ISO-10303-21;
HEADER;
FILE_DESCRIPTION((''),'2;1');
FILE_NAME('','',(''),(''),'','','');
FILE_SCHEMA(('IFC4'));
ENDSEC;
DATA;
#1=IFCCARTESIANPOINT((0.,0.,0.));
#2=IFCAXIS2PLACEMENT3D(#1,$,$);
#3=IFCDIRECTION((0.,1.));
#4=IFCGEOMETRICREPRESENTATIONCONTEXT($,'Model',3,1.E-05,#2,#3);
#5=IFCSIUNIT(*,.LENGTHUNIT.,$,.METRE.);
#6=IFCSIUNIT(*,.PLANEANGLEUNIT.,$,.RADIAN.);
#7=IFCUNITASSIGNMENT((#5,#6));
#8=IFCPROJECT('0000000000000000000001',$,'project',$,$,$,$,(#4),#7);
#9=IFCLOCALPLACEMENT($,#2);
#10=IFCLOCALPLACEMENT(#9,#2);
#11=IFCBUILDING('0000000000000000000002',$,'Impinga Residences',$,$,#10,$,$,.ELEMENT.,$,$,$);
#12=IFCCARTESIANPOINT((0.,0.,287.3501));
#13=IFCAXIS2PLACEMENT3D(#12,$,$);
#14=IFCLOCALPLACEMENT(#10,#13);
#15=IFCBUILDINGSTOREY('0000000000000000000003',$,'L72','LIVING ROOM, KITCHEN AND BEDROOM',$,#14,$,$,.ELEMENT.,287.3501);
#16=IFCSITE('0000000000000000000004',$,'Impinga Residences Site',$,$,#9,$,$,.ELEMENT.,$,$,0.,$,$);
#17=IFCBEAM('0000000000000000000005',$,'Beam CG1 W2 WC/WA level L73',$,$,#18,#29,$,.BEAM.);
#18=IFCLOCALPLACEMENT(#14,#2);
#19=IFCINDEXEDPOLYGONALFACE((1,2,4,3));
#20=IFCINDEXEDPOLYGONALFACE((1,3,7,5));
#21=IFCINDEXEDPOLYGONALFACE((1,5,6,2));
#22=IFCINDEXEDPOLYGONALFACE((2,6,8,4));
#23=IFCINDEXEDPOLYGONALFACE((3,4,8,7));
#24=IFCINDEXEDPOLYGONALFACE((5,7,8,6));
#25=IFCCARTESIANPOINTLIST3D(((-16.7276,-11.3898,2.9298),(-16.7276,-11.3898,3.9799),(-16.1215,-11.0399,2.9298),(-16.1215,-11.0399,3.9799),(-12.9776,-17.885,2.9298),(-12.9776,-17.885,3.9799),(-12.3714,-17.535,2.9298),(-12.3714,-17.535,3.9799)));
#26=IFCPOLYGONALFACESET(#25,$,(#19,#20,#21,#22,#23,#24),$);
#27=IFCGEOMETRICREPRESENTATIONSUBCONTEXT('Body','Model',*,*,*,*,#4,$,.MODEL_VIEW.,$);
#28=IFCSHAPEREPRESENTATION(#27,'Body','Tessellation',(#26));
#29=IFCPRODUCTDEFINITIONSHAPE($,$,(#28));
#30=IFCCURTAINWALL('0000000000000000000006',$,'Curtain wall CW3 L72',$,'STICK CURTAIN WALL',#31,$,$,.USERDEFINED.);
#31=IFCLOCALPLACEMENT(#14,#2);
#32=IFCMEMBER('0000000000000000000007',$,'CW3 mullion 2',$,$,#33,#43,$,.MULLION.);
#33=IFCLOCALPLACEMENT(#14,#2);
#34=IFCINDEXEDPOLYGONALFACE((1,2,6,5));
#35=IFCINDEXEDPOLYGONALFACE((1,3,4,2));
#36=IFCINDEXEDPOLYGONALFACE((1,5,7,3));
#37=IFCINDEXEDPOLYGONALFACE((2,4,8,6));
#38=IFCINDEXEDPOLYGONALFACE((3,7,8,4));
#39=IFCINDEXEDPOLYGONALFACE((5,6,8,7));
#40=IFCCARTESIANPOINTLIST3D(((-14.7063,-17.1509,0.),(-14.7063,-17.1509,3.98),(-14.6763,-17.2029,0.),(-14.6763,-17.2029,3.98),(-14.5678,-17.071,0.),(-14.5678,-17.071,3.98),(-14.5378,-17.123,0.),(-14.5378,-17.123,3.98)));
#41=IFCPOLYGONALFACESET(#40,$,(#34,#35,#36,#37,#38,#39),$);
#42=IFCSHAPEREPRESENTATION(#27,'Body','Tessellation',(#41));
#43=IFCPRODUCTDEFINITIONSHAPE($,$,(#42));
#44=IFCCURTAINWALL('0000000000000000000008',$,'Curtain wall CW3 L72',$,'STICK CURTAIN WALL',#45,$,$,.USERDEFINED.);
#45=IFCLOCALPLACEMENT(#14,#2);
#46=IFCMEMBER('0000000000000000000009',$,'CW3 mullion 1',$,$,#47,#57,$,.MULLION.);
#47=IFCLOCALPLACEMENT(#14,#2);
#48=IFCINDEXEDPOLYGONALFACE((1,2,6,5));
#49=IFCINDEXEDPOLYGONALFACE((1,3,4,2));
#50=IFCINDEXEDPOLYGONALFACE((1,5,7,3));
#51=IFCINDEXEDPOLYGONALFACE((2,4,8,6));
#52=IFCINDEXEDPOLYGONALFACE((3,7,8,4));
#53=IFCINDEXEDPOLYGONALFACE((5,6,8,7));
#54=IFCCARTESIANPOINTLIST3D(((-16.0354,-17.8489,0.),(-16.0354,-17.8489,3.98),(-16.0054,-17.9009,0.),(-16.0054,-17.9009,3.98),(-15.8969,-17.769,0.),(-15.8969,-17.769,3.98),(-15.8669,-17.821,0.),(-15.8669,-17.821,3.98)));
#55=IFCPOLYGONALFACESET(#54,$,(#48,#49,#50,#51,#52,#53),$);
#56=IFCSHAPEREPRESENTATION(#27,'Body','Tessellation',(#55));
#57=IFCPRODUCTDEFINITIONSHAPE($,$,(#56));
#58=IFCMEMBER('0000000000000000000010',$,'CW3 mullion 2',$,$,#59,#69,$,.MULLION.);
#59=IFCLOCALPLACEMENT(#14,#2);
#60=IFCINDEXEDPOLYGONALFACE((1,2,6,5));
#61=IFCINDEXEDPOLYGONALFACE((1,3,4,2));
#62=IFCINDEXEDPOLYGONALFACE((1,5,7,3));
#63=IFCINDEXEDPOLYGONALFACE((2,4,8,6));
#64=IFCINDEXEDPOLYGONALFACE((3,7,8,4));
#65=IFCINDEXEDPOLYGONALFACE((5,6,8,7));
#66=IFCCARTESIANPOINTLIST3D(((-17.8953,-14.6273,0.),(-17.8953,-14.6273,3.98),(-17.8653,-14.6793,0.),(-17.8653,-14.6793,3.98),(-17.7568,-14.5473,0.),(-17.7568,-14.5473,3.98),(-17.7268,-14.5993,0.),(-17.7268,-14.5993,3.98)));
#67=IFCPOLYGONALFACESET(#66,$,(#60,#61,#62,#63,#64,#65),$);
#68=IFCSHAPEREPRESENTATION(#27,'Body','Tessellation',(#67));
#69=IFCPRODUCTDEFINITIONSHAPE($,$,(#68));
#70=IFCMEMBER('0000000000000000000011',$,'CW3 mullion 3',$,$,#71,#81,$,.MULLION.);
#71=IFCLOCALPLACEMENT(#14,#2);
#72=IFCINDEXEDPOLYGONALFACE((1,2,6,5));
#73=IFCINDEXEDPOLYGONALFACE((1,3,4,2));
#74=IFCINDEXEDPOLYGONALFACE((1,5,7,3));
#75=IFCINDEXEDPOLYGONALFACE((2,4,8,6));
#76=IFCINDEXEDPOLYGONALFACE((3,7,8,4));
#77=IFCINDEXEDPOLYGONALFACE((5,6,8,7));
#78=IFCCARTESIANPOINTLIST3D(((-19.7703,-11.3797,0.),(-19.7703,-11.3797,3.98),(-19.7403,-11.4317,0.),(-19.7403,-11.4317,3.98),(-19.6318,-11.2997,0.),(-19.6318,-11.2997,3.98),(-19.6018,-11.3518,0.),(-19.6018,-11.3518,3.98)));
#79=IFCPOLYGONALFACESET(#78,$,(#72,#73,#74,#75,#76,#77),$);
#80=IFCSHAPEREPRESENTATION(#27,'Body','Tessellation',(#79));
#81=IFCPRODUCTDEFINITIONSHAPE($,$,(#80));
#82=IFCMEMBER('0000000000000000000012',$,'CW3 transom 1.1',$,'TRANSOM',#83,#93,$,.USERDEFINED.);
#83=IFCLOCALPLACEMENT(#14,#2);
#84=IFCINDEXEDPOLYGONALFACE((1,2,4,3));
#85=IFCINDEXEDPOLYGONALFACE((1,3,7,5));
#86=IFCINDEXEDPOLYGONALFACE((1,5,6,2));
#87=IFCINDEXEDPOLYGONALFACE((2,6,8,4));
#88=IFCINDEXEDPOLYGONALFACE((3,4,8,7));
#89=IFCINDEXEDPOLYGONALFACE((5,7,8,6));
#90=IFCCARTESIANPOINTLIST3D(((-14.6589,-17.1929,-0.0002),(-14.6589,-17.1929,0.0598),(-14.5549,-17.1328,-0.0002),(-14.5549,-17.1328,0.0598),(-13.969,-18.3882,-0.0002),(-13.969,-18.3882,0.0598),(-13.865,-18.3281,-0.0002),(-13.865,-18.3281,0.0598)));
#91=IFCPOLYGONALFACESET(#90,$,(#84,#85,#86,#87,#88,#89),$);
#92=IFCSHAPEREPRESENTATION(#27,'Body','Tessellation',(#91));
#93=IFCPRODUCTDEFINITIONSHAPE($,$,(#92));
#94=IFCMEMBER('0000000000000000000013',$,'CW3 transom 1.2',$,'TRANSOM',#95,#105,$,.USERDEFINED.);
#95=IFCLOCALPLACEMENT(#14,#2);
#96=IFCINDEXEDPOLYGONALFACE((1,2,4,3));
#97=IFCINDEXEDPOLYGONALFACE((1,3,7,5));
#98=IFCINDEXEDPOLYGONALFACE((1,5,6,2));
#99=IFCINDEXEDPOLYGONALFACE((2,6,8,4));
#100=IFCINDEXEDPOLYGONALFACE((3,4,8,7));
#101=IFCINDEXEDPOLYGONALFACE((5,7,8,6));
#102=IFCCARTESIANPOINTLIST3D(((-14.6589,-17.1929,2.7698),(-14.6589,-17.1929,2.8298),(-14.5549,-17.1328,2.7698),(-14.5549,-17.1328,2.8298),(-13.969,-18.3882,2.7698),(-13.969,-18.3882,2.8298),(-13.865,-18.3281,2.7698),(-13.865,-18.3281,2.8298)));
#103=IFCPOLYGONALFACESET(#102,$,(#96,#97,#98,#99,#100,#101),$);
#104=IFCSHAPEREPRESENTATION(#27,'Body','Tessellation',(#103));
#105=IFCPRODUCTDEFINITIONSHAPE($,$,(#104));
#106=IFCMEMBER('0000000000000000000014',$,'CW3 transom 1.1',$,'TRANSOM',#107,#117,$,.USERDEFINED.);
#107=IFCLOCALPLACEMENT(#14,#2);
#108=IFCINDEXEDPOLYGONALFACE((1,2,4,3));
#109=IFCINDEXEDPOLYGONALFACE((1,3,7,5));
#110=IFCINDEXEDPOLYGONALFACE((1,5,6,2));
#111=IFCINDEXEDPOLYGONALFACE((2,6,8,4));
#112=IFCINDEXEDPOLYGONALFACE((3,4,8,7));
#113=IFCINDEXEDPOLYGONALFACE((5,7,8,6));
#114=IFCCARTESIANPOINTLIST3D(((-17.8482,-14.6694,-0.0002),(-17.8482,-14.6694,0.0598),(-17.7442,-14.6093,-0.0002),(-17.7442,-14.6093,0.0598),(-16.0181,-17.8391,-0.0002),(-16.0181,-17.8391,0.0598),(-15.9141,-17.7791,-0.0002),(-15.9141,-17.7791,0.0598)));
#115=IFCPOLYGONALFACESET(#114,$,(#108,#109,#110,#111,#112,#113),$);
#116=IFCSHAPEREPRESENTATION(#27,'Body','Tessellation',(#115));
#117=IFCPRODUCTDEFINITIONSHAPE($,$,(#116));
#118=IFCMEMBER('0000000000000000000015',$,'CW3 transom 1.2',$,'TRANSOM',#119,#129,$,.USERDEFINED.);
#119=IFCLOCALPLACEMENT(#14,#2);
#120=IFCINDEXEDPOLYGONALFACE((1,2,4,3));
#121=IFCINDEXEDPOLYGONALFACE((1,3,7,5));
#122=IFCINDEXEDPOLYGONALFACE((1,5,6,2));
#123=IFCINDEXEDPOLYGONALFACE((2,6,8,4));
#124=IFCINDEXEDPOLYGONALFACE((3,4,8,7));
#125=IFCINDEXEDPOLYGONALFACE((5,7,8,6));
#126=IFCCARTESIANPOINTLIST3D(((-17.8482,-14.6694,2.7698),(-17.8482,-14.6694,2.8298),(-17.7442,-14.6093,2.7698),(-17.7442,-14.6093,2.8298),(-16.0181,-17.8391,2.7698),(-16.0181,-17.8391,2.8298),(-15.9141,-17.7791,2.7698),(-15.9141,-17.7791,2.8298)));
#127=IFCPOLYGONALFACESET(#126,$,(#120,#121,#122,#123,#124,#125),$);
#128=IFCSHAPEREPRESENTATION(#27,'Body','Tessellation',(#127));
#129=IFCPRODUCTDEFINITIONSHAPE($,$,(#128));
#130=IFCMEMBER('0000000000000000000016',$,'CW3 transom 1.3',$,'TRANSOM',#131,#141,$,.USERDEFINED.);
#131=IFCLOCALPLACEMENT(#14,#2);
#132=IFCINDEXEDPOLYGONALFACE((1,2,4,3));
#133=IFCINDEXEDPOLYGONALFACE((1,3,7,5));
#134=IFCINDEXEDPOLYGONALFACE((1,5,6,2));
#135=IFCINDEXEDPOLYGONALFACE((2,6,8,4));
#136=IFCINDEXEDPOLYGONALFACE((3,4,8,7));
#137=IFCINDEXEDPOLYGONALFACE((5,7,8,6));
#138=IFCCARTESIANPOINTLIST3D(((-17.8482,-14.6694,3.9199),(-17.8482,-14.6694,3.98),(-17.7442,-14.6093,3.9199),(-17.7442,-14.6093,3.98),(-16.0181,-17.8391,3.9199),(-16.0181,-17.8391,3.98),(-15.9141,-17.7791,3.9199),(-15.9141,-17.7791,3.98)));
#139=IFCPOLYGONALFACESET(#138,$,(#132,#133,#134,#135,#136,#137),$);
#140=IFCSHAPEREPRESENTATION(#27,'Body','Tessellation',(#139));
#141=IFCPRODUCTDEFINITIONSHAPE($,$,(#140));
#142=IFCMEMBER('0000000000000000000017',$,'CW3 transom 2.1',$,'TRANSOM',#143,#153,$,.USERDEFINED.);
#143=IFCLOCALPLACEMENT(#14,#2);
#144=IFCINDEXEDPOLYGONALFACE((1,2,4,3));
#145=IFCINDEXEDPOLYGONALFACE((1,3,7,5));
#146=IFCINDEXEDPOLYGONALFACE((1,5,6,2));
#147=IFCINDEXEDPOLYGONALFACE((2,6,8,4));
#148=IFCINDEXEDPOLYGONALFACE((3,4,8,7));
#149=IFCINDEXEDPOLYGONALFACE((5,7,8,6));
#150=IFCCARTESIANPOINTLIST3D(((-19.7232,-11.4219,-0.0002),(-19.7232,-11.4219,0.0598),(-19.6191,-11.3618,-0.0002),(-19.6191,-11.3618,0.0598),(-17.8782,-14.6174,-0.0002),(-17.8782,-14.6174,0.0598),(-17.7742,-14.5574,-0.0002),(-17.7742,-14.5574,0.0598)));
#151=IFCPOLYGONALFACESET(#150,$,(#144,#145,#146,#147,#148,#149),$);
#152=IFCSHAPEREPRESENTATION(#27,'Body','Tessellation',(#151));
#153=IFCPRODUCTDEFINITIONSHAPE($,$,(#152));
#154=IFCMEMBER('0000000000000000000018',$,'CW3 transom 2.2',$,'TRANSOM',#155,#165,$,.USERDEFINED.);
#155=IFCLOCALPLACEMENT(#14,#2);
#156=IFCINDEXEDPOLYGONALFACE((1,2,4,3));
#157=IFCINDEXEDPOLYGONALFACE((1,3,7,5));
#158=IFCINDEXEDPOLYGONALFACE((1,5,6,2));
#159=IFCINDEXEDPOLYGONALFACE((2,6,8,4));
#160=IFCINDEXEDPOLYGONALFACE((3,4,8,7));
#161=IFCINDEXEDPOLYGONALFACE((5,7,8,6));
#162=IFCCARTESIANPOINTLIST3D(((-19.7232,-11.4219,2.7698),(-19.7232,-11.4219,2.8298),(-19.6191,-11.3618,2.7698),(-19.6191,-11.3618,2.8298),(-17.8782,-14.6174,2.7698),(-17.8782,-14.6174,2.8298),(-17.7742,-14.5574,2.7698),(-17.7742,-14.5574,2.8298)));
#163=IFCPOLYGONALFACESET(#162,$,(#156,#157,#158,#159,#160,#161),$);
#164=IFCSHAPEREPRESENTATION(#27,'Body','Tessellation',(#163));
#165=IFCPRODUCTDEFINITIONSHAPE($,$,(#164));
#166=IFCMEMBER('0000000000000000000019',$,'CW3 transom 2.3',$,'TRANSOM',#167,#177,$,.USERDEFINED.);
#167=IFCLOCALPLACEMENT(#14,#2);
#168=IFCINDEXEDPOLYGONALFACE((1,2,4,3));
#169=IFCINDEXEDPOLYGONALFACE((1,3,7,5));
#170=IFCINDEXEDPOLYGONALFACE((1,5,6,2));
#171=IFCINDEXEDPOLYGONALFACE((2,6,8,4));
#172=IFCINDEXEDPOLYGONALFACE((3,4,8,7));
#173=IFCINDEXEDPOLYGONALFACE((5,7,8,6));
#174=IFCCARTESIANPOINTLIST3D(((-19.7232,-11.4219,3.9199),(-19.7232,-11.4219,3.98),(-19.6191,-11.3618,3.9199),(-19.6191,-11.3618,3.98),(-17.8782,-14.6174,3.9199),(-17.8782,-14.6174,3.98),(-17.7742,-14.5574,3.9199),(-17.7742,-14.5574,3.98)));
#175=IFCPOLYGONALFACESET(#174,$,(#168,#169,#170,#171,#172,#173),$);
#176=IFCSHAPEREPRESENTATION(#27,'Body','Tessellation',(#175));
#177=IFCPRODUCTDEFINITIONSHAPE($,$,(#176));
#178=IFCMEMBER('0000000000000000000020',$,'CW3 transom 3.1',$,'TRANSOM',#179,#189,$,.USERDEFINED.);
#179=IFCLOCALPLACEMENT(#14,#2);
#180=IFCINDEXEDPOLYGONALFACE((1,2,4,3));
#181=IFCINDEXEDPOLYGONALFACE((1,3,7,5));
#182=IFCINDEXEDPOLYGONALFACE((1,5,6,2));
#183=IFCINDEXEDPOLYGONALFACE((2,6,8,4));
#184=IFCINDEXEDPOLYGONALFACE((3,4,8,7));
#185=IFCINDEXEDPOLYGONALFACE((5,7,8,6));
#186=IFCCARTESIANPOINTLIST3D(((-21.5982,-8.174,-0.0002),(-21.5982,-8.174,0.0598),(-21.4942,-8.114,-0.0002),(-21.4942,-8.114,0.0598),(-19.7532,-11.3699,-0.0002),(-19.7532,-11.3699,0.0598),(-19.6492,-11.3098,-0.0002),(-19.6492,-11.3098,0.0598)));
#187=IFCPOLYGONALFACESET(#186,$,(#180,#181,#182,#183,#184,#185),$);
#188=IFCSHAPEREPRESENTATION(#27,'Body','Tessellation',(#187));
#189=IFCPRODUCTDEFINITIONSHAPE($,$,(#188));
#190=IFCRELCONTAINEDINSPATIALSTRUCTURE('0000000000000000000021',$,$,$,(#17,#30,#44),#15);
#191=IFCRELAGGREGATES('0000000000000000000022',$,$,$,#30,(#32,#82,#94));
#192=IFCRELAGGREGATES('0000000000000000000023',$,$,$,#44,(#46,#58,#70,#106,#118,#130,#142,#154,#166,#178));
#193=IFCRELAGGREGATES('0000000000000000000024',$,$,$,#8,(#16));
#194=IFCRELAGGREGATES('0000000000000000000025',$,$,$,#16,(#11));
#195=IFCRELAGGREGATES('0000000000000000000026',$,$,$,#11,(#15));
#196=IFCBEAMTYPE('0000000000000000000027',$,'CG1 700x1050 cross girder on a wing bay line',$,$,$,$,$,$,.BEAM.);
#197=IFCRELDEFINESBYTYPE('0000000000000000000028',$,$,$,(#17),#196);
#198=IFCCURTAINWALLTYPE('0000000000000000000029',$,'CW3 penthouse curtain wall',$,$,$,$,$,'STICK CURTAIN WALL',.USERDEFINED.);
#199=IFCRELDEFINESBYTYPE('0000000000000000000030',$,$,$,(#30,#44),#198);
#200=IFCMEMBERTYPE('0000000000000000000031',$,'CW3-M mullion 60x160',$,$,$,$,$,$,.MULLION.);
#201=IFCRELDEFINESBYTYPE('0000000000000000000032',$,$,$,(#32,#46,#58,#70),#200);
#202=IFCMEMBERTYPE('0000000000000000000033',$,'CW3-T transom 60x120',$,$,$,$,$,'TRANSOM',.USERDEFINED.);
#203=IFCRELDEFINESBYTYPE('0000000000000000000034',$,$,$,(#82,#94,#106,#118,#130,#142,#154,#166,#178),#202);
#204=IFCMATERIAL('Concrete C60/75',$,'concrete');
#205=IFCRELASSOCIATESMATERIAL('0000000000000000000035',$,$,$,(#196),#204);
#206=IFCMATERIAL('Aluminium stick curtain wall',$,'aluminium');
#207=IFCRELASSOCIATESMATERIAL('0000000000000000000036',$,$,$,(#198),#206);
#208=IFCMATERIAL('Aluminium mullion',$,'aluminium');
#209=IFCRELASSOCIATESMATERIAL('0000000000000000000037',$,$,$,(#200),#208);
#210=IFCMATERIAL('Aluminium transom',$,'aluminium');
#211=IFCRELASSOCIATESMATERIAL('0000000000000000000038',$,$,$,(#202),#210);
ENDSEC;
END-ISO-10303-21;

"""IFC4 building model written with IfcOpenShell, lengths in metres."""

from ifc_helpers import new_model, si_unit, direction, frame, origin, origin_2d, place, context, subcontext, project, spatial, rectangle, extrude, material, material_profile, profile_set, type_object, element, aggregate, save


model = new_model("IFC4")

# Units and contexts
model_context = context("Model", 3, precision=1e-05, world=origin(), true_north=direction((0.0, 1.0)))
body_context = subcontext(model_context, "Body", "Model", "MODEL_VIEW")
ifc_project = project(units=[si_unit("LENGTHUNIT", "METRE"), si_unit("PLANEANGLEUNIT", "RADIAN")], contexts=[model_context])

# Site, building, storey
site_placement = place(None, origin())
site = spatial("IfcSite", under=ifc_project, at=site_placement, Name="Impinga Residences Site", CompositionType="ELEMENT", RefElevation=0.0)
building_placement = place(site_placement, origin())
building = spatial("IfcBuilding", under=site, at=building_placement, Name="Impinga Residences", CompositionType="ELEMENT")
storey_placement = place(building_placement, frame((0.0, 0.0, 287.3501)))
storey = spatial("IfcBuildingStorey", under=building, at=storey_placement, Name="L72", Description="LIVING ROOM, KITCHEN AND BEDROOM", CompositionType="ELEMENT", Elevation=287.3501)

# Beam
ifc_material_1 = material(Name="Concrete C60/75", Category="concrete")
ifc_material_profile_1 = material_profile(ifc_material_1, rectangle(XDim=0.7, YDim=1.05, at=origin_2d()), Name="RC 700x1050")
ifc_profile_set_1 = profile_set([ifc_material_profile_1], Name="Concrete C60/75")
beam_type_1 = type_object("IfcBeamType", Name="CG1 700x1050 cross girder on a wing bay line", PredefinedType="BEAM", material=ifc_profile_set_1)
beam_1_placement = place(storey_placement, frame((-16.4246, -11.2148, 3.4548), z_axis=(0.500004, -0.866023, 0.0), x_axis=(0.866023, 0.500004, 0.0)))
element("IfcBeam", 1, at=beam_1_placement, inside=storey, type_object=beam_type_1, Name="Beam CG1 W2 WC/WA level L73", PredefinedType="BEAM", context=body_context, shape_type="SweptSolid", body=[
    extrude(rectangle(XDim=0.7, YDim=1.05, at=origin_2d()), origin(), (0.0, 0.0, 1.0), 7.5),
])

# Curtain wall, member
ifc_material_2 = material(Name="Aluminium stick curtain wall", Category="aluminium")
curtain_wall_type = type_object("IfcCurtainWallType", Name="CW3 penthouse curtain wall", ElementType="STICK CURTAIN WALL", PredefinedType="USERDEFINED", material=ifc_material_2)
curtain_wall_1_placement = place(storey_placement, origin())
curtain_wall_1 = element("IfcCurtainWall", 2, at=curtain_wall_1_placement, inside=storey, type_object=curtain_wall_type, Name="Curtain wall CW3 L72", ObjectType="STICK CURTAIN WALL", PredefinedType="USERDEFINED")
ifc_material_3 = material(Name="Aluminium mullion", Category="aluminium")
ifc_material_profile_2 = material_profile(ifc_material_3, rectangle(XDim=0.0601, YDim=0.1599, at=origin_2d()), Name="60x160 mullion")
ifc_profile_set_2 = profile_set([ifc_material_profile_2], Name="Aluminium mullion")
member_type_1 = type_object("IfcMemberType", Name="CW3-M mullion 60x160", PredefinedType="MULLION", material=ifc_profile_set_2)
member_1_placement = place(storey_placement, frame((-14.6221, -17.137, 0.0), z_axis=(0.0, 0.0, 1.0), x_axis=(-0.5, 0.866025, 0.0)))
member_1 = element("IfcMember", 3, at=member_1_placement, type_object=member_type_1, Name="CW3 mullion 2", PredefinedType="MULLION", context=body_context, shape_type="SweptSolid", body=[
    extrude(rectangle(XDim=0.0601, YDim=0.1599, at=origin_2d()), origin(), (0.0, 0.0, 1.0), 3.98),
])

# Curtain wall, members
curtain_wall_2_placement = place(storey_placement, origin())
curtain_wall_2 = element("IfcCurtainWall", 4, at=curtain_wall_2_placement, inside=storey, type_object=curtain_wall_type, Name="Curtain wall CW3 L72", ObjectType="STICK CURTAIN WALL", PredefinedType="USERDEFINED")
member_2_placement = place(storey_placement, frame((-15.9512, -17.835, 0.0), z_axis=(0.0, 0.0, 1.0), x_axis=(-0.5, 0.866025, 0.0)))
member_2 = element("IfcMember", 5, at=member_2_placement, type_object=member_type_1, Name="CW3 mullion 1", PredefinedType="MULLION", context=body_context, shape_type="SweptSolid", body=[
    extrude(rectangle(XDim=0.0601, YDim=0.1599, at=origin_2d()), origin(), (0.0, 0.0, 1.0), 3.98),
])
member_3_placement = place(storey_placement, frame((-17.811, -14.6133, 0.0), z_axis=(0.0, 0.0, 1.0), x_axis=(-0.5, 0.866025, 0.0)))
member_3 = element("IfcMember", 6, at=member_3_placement, type_object=member_type_1, Name="CW3 mullion 2", PredefinedType="MULLION", context=body_context, shape_type="SweptSolid", body=[
    extrude(rectangle(XDim=0.0601, YDim=0.1599, at=origin_2d()), origin(), (0.0, 0.0, 1.0), 3.98),
])
member_4_placement = place(storey_placement, frame((-19.686, -11.3657, 0.0), z_axis=(0.0, 0.0, 1.0), x_axis=(-0.5, 0.866025, 0.0)))
member_4 = element("IfcMember", 7, at=member_4_placement, type_object=member_type_1, Name="CW3 mullion 3", PredefinedType="MULLION", context=body_context, shape_type="SweptSolid", body=[
    extrude(rectangle(XDim=0.0601, YDim=0.1599, at=origin_2d()), origin(), (0.0, 0.0, 1.0), 3.98),
])

# Members
ifc_material_4 = material(Name="Aluminium transom", Category="aluminium")
ifc_material_profile_3 = material_profile(ifc_material_4, rectangle(XDim=0.0601, YDim=0.1201, at=origin_2d()), Name="60x120 transom")
ifc_profile_set_3 = profile_set([ifc_material_profile_3], Name="Aluminium transom")
member_type_2 = type_object("IfcMemberType", Name="CW3-T transom 60x120", ElementType="TRANSOM", PredefinedType="USERDEFINED", material=ifc_profile_set_3)
member_5_placement = place(storey_placement, frame((-13.917, -18.3582, 0.0298), z_axis=(-0.499906, 0.86608, 0.0), x_axis=(0.0, 0.0, 1.0)))
member_5 = element("IfcMember", 8, at=member_5_placement, type_object=member_type_2, Name="CW3 transom 1.1", ObjectType="TRANSOM", PredefinedType="USERDEFINED", context=body_context, shape_type="SweptSolid", body=[
    extrude(rectangle(XDim=0.0601, YDim=0.1201, at=origin_2d()), origin(), (0.0, 0.0, 1.0), 1.3801),
])
member_6_placement = place(storey_placement, frame((-13.917, -18.3582, 2.7998), z_axis=(-0.499906, 0.86608, 0.0), x_axis=(0.0, 0.0, 1.0)))
member_6 = element("IfcMember", 9, at=member_6_placement, type_object=member_type_2, Name="CW3 transom 1.2", ObjectType="TRANSOM", PredefinedType="USERDEFINED", context=body_context, shape_type="SweptSolid", body=[
    extrude(rectangle(XDim=0.0601, YDim=0.1201, at=origin_2d()), origin(), (0.0, 0.0, 1.0), 1.3801),
])
member_7_placement = place(storey_placement, frame((-15.9661, -17.8091, 0.0298), z_axis=(-0.500013, 0.866018, 0.0), x_axis=(0.0, 0.0, 1.0)))
member_7 = element("IfcMember", 10, at=member_7_placement, type_object=member_type_2, Name="CW3 transom 1.1", ObjectType="TRANSOM", PredefinedType="USERDEFINED", context=body_context, shape_type="SweptSolid", body=[
    extrude(rectangle(XDim=0.0601, YDim=0.1201, at=origin_2d()), origin(), (0.0, 0.0, 1.0), 3.6602),
])
member_8_placement = place(storey_placement, frame((-15.9661, -17.8091, 2.7998), z_axis=(-0.500013, 0.866018, 0.0), x_axis=(0.0, 0.0, 1.0)))
member_8 = element("IfcMember", 11, at=member_8_placement, type_object=member_type_2, Name="CW3 transom 1.2", ObjectType="TRANSOM", PredefinedType="USERDEFINED", context=body_context, shape_type="SweptSolid", body=[
    extrude(rectangle(XDim=0.0601, YDim=0.1201, at=origin_2d()), origin(), (0.0, 0.0, 1.0), 3.6602),
])
member_9_placement = place(storey_placement, frame((-15.9661, -17.8091, 3.95), z_axis=(-0.500013, 0.866018, 0.0), x_axis=(0.0, 0.0, 1.0)))
member_9 = element("IfcMember", 12, at=member_9_placement, type_object=member_type_2, Name="CW3 transom 1.3", ObjectType="TRANSOM", PredefinedType="USERDEFINED", context=body_context, shape_type="SweptSolid", body=[
    extrude(rectangle(XDim=0.0601, YDim=0.1201, at=origin_2d()), origin(), (0.0, 0.0, 1.0), 3.6602),
])
member_10_placement = place(storey_placement, frame((-17.8262, -14.5874, 0.0298), z_axis=(-0.500003, 0.866024, 0.0), x_axis=(0.0, 0.0, 1.0)))
member_10 = element("IfcMember", 13, at=member_10_placement, type_object=member_type_2, Name="CW3 transom 2.1", ObjectType="TRANSOM", PredefinedType="USERDEFINED", context=body_context, shape_type="SweptSolid", body=[
    extrude(rectangle(XDim=0.0601, YDim=0.1201, at=origin_2d()), origin(), (0.0, 0.0, 1.0), 3.6899),
])
member_11_placement = place(storey_placement, frame((-17.8262, -14.5874, 2.7998), z_axis=(-0.500003, 0.866024, 0.0), x_axis=(0.0, 0.0, 1.0)))
member_11 = element("IfcMember", 14, at=member_11_placement, type_object=member_type_2, Name="CW3 transom 2.2", ObjectType="TRANSOM", PredefinedType="USERDEFINED", context=body_context, shape_type="SweptSolid", body=[
    extrude(rectangle(XDim=0.0601, YDim=0.1201, at=origin_2d()), origin(), (0.0, 0.0, 1.0), 3.6899),
])
member_12_placement = place(storey_placement, frame((-17.8262, -14.5874, 3.95), z_axis=(-0.500003, 0.866024, 0.0), x_axis=(0.0, 0.0, 1.0)))
member_12 = element("IfcMember", 15, at=member_12_placement, type_object=member_type_2, Name="CW3 transom 2.3", ObjectType="TRANSOM", PredefinedType="USERDEFINED", context=body_context, shape_type="SweptSolid", body=[
    extrude(rectangle(XDim=0.0601, YDim=0.1201, at=origin_2d()), origin(), (0.0, 0.0, 1.0), 3.6899),
])
member_13_placement = place(storey_placement, frame((-19.7012, -11.3398, 0.0298), z_axis=(-0.499974, 0.86604, 0.0), x_axis=(0.0, 0.0, 1.0)))
member_13 = element("IfcMember", 16, at=member_13_placement, type_object=member_type_2, Name="CW3 transom 3.1", ObjectType="TRANSOM", PredefinedType="USERDEFINED", context=body_context, shape_type="SweptSolid", body=[
    extrude(rectangle(XDim=0.0601, YDim=0.1201, at=origin_2d()), origin(), (0.0, 0.0, 1.0), 3.6902),
])

aggregate(curtain_wall_1, [member_1, member_5, member_6])
aggregate(curtain_wall_2, [member_2, member_3, member_4, member_7, member_8, member_9, member_10, member_11, member_12, member_13])

save(model, "model.ifc")
